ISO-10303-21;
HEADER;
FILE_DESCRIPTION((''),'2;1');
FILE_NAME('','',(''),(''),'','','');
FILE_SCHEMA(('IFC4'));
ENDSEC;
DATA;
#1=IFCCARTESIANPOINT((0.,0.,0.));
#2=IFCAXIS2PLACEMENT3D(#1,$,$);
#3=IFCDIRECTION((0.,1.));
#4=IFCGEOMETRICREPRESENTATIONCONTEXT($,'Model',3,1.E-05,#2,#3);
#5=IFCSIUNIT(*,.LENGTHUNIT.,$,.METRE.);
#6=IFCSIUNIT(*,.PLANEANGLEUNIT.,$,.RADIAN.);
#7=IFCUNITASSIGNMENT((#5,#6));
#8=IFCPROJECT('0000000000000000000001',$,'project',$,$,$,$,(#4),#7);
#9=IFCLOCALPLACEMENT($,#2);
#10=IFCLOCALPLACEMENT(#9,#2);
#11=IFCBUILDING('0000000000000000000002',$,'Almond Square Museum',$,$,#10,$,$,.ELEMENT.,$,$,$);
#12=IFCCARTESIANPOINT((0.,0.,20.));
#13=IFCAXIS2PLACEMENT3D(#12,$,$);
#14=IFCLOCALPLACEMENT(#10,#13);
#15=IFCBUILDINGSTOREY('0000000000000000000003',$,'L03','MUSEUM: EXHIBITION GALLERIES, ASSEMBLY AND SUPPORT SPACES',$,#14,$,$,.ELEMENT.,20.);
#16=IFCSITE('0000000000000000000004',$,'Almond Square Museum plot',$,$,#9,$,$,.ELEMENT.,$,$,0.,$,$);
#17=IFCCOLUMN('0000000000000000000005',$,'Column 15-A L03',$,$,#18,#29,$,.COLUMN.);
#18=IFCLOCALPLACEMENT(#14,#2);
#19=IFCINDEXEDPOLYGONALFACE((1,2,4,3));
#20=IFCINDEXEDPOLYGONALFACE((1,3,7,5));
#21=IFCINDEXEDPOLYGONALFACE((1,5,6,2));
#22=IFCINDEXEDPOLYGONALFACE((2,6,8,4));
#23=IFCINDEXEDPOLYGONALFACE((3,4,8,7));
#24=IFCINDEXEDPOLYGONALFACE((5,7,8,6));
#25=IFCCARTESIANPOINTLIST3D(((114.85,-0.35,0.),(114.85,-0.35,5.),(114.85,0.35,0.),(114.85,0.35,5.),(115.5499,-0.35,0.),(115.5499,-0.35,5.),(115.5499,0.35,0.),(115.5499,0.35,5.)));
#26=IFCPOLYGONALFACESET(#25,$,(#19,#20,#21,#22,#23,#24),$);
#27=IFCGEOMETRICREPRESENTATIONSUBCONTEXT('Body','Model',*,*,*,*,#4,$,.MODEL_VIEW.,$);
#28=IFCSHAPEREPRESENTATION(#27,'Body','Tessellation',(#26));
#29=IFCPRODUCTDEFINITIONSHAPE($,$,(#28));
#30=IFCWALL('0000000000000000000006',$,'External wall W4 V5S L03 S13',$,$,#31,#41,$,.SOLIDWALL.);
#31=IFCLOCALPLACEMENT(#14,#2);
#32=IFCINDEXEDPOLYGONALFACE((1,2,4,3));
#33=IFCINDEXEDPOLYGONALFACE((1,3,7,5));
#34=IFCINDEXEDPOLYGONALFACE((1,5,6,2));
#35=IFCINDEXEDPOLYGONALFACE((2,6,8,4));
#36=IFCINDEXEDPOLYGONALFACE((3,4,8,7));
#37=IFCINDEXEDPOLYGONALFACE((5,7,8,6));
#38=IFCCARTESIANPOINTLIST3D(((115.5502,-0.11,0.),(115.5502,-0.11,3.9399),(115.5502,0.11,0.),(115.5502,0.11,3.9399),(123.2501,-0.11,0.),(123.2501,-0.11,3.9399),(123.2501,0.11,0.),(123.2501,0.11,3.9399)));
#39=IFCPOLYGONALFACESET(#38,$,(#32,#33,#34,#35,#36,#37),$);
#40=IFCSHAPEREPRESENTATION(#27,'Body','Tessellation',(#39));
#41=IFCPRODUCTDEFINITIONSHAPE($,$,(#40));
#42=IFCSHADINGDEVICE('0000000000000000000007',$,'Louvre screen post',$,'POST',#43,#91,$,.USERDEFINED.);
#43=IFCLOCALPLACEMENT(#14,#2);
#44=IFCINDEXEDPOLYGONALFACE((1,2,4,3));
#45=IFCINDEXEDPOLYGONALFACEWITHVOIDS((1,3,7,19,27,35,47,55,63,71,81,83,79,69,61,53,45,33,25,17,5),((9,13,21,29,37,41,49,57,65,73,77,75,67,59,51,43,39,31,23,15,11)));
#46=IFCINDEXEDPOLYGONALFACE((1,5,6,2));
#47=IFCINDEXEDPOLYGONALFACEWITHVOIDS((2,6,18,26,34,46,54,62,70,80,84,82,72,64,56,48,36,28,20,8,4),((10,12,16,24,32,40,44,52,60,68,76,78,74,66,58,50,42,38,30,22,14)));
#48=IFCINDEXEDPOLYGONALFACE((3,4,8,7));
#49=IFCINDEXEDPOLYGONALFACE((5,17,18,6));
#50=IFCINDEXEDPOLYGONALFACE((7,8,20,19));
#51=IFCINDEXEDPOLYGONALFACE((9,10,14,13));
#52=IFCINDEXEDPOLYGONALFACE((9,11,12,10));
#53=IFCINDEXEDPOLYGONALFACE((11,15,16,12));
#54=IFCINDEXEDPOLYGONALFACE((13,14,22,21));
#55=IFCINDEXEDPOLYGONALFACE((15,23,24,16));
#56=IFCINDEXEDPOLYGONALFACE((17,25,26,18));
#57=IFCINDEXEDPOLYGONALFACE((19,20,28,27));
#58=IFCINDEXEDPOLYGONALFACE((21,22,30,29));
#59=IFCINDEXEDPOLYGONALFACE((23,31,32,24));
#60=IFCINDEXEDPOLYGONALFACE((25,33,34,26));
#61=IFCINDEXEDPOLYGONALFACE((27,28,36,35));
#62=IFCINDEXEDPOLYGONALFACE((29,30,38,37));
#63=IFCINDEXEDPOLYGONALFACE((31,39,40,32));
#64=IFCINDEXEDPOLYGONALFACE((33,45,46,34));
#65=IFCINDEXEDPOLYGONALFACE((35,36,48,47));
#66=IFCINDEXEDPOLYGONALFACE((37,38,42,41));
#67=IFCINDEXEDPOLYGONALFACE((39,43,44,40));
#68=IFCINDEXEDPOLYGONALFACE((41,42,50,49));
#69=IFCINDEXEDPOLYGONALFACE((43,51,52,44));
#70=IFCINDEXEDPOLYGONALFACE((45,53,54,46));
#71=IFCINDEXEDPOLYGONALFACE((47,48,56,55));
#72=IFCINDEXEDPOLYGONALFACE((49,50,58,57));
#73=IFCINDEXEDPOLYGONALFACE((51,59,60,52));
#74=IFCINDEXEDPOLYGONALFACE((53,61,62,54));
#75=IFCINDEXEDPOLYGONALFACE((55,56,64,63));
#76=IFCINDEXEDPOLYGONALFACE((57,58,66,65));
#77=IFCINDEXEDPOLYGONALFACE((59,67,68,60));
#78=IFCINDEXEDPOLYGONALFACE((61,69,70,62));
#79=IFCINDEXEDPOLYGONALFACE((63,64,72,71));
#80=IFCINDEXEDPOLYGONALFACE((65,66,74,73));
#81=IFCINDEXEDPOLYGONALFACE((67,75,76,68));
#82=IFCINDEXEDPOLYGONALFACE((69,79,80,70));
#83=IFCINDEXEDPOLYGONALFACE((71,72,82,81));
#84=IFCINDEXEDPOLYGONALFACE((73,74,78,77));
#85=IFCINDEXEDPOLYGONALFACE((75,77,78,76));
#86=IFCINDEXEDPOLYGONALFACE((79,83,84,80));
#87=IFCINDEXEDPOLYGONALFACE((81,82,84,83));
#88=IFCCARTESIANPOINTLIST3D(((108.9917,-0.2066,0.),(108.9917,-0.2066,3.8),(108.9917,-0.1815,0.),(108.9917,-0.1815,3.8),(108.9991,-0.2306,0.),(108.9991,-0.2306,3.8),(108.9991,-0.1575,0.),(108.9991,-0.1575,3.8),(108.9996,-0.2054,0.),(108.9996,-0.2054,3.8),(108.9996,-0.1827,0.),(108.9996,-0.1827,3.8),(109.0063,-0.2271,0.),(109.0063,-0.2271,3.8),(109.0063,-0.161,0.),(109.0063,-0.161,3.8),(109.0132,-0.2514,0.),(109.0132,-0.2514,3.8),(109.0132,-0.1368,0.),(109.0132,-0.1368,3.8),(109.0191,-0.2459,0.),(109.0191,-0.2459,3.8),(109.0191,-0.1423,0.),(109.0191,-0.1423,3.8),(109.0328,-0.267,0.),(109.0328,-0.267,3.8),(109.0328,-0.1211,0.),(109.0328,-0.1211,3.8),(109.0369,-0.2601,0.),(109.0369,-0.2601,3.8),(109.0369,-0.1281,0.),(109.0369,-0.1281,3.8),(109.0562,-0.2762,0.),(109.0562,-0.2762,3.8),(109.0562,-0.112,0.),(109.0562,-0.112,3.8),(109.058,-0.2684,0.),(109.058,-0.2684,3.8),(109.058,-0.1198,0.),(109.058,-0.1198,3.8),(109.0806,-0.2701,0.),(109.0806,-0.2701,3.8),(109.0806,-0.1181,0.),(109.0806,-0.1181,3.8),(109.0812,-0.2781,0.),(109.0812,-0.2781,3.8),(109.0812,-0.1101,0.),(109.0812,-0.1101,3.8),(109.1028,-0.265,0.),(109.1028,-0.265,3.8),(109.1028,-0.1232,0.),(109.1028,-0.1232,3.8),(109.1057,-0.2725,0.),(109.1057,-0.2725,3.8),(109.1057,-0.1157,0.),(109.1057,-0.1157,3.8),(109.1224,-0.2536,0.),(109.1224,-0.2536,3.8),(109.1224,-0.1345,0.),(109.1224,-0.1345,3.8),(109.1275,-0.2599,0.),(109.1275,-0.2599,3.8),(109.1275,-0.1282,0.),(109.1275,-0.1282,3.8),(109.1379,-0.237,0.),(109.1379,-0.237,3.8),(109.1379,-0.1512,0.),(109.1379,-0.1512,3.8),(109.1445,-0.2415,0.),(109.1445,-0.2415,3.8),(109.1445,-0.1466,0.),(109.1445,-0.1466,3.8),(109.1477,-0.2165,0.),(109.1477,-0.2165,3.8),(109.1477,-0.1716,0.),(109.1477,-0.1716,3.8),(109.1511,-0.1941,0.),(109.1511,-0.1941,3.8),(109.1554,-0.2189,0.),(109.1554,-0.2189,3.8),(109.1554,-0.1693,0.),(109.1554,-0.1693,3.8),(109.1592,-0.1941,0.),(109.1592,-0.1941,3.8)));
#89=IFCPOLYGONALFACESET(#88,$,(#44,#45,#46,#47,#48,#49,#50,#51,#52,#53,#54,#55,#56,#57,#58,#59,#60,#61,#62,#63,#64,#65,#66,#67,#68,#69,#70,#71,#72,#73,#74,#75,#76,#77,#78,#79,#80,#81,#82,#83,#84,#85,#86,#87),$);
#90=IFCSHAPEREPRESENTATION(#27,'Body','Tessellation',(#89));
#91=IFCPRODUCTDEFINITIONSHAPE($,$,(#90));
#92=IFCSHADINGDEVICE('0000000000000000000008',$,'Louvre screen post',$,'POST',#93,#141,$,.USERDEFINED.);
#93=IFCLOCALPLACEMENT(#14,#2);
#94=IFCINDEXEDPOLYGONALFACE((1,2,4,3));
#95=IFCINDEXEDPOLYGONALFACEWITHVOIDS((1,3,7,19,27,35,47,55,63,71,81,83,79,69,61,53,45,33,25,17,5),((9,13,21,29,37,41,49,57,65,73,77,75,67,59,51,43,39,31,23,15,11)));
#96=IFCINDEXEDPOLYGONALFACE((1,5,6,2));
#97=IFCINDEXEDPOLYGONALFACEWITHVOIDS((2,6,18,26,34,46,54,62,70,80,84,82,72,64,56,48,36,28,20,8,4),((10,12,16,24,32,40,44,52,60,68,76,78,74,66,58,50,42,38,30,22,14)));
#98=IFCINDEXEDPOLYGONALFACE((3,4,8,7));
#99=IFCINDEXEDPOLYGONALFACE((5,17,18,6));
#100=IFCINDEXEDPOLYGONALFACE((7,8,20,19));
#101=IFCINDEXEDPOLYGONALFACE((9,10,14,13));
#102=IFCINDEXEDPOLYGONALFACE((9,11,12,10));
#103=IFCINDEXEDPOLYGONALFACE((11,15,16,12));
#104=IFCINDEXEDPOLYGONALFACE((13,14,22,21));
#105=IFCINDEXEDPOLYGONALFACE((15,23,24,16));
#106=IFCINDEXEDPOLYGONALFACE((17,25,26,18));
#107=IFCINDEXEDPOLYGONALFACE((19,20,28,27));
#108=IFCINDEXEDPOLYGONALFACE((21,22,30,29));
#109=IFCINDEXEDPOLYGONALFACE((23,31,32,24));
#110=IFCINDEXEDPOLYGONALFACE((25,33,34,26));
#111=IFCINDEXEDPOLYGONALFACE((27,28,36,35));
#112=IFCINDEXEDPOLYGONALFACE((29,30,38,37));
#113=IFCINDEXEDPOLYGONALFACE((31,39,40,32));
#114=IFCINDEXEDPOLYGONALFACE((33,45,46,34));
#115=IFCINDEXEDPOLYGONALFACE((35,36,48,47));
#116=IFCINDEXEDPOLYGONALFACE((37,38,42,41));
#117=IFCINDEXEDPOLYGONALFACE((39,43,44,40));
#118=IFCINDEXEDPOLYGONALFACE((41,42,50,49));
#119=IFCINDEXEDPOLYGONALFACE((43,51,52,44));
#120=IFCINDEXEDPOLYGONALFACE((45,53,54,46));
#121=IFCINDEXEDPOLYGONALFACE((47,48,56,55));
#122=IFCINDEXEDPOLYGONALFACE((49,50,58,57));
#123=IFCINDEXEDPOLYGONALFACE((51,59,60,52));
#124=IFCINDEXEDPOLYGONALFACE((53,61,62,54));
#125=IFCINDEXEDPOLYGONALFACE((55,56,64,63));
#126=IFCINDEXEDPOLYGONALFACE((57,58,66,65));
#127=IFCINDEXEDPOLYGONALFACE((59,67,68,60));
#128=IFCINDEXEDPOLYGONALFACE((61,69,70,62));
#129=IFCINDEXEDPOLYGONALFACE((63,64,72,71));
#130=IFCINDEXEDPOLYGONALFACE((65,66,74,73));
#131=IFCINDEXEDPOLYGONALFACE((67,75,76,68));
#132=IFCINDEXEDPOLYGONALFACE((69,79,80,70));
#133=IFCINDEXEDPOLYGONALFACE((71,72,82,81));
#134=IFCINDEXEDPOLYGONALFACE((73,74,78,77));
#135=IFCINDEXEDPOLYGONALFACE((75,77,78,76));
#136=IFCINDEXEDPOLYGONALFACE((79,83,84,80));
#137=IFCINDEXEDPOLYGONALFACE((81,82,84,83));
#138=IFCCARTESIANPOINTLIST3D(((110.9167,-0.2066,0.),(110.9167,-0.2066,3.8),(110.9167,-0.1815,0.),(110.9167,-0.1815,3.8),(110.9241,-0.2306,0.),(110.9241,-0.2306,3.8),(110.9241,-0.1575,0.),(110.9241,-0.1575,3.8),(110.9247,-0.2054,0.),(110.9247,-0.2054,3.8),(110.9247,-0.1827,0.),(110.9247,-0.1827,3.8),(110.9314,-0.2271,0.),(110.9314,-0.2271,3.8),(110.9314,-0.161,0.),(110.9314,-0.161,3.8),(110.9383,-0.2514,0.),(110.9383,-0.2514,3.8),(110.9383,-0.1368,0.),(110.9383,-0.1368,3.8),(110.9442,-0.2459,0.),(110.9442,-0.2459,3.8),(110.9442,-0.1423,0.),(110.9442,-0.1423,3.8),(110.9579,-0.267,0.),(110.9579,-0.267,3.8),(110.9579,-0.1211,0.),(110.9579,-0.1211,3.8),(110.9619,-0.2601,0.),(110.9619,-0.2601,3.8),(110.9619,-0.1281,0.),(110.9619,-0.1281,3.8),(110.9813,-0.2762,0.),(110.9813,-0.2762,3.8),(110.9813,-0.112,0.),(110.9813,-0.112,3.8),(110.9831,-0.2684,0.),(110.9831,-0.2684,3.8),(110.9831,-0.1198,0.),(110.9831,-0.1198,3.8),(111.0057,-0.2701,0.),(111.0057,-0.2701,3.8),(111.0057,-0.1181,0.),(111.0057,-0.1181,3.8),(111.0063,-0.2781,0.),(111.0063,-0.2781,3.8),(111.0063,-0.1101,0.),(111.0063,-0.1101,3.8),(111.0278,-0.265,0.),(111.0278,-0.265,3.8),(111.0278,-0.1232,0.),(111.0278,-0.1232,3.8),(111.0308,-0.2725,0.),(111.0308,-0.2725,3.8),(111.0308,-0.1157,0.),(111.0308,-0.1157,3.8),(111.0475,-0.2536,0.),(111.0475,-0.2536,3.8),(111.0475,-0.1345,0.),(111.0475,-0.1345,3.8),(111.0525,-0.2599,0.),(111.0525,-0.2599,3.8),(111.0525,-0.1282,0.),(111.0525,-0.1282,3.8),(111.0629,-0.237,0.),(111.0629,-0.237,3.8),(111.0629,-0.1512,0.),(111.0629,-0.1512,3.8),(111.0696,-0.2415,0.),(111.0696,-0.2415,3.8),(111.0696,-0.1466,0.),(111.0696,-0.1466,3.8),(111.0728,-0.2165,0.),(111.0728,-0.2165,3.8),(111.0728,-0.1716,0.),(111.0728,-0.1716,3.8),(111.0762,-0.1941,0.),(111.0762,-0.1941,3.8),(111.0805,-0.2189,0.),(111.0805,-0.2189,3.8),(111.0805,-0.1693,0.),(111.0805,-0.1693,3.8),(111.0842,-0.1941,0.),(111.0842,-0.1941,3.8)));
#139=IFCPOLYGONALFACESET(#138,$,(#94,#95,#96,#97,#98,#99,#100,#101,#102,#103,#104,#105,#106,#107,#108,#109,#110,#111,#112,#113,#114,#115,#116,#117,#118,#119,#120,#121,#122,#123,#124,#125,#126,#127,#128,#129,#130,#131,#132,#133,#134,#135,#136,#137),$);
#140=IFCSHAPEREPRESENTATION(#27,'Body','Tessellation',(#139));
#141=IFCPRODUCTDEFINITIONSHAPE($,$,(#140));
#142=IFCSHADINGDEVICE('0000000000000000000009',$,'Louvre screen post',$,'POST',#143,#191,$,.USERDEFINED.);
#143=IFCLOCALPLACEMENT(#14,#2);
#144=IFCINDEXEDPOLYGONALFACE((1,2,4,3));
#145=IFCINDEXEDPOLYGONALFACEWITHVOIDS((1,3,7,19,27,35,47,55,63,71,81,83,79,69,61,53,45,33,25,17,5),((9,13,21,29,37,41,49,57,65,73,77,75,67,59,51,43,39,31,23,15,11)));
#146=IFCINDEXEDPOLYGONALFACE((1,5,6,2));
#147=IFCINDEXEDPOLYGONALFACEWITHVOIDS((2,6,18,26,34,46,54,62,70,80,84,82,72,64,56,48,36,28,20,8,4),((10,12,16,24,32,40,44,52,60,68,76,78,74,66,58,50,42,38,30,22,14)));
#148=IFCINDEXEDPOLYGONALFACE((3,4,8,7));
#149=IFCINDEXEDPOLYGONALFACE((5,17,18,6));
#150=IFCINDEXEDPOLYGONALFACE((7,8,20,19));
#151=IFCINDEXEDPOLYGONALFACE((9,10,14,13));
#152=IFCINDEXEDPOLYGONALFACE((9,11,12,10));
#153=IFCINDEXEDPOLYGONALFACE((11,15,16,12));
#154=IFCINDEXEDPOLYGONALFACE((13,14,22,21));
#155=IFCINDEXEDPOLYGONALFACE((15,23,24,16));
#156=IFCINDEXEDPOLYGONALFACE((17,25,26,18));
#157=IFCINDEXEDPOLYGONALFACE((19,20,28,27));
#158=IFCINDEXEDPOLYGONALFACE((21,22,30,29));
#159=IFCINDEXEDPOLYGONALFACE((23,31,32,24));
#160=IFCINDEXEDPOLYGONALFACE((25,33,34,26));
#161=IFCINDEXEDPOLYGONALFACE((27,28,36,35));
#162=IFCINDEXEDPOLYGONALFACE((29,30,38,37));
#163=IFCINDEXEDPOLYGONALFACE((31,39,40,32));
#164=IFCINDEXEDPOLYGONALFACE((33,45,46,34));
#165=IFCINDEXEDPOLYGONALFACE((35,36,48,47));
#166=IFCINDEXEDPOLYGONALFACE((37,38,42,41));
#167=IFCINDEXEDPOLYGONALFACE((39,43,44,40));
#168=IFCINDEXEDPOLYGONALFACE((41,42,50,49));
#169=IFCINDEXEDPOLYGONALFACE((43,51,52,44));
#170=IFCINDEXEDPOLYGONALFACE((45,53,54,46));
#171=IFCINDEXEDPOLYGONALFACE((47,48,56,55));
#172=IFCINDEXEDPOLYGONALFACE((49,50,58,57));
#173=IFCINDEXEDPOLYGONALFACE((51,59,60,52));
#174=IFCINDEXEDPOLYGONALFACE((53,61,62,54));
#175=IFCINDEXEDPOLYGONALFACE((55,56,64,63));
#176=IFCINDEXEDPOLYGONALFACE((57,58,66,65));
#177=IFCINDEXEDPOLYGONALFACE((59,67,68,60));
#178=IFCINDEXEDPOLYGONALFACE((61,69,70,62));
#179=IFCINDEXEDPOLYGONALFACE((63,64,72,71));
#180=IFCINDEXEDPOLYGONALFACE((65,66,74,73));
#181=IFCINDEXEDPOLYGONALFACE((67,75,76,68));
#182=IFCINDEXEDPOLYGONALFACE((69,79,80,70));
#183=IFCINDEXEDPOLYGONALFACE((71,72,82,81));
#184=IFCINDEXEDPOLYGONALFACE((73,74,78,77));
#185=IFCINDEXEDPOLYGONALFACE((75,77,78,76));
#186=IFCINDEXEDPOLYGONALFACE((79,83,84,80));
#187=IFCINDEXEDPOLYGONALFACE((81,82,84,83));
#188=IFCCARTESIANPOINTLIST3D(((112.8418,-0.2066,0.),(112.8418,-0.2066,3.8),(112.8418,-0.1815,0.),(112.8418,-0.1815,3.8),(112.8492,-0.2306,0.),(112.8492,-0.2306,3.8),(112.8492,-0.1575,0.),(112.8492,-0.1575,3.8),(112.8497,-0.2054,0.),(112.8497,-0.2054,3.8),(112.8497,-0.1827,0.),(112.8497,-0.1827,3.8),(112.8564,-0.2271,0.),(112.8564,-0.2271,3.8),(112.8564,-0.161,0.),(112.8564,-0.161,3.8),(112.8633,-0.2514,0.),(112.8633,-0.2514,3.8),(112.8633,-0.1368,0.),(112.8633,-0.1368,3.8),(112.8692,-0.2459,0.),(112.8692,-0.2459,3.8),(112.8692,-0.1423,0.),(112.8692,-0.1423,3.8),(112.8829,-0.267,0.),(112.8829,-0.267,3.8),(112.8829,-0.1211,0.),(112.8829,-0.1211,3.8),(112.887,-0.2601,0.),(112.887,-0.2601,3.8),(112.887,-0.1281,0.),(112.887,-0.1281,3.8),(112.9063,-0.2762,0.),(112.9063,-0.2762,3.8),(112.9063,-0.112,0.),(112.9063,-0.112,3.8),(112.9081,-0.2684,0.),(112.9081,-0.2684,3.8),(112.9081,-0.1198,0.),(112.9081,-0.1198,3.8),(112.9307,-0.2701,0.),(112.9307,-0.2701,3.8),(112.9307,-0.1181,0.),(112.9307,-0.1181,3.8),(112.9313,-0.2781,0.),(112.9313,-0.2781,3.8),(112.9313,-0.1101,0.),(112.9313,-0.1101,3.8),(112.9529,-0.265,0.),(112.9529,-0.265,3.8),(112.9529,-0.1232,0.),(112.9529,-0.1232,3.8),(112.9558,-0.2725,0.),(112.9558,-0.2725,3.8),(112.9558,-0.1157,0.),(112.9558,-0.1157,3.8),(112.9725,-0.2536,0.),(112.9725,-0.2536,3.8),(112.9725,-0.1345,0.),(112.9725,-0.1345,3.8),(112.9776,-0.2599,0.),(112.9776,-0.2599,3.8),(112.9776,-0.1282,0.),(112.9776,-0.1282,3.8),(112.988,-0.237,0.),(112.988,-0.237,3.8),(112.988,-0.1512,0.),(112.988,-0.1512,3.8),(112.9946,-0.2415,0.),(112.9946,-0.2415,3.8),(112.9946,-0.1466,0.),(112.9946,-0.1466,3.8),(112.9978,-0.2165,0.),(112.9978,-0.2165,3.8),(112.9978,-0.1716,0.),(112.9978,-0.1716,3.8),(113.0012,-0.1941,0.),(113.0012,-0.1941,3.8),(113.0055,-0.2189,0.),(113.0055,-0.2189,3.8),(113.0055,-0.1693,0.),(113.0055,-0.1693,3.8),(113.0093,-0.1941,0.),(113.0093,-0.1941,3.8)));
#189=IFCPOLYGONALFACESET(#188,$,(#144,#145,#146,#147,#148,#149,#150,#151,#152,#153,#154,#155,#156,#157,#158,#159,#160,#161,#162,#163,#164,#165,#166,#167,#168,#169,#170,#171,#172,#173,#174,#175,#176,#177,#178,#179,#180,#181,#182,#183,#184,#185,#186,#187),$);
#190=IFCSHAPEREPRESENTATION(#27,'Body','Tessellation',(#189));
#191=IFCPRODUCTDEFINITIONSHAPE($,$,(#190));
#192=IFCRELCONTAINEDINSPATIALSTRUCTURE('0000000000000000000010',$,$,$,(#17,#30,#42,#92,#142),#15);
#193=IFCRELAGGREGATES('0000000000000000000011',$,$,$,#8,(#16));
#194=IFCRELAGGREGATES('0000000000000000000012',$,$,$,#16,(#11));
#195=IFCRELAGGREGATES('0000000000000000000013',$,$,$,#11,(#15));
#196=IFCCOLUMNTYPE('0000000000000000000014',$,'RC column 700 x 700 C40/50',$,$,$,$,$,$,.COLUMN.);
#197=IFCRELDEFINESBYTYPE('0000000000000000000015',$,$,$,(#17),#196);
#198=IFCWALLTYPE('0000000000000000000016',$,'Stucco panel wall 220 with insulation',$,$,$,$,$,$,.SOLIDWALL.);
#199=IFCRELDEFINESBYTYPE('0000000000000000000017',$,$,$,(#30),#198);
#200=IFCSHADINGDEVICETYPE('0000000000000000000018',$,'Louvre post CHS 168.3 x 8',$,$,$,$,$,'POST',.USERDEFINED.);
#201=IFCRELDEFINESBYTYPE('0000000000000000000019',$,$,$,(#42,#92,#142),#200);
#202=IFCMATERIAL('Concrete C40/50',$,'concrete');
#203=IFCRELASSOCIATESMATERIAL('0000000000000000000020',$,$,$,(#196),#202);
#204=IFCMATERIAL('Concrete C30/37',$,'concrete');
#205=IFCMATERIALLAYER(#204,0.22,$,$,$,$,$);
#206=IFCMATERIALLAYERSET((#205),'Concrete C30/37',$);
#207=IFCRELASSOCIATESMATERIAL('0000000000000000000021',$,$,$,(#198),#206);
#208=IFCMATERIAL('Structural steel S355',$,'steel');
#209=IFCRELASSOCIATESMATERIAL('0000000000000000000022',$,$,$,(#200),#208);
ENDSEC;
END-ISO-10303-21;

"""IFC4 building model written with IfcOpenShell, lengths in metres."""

from ifc_helpers import new_model, si_unit, direction, frame, frame_2d, origin, origin_2d, place, context, subcontext, project, spatial, rectangle, hollow_circle, extrude, material, layer, layer_set, material_profile, profile_set, type_object, element, save


model = new_model("IFC4")

# Units and contexts
model_context = context("Model", 3, precision=1e-05, world=origin(), true_north=direction((0.0, 1.0)))
body_context = subcontext(model_context, "Body", "Model", "MODEL_VIEW")
ifc_project = project(units=[si_unit("LENGTHUNIT", "METRE"), si_unit("PLANEANGLEUNIT", "RADIAN")], contexts=[model_context])

# Site, building, storey
site_placement = place(None, origin())
site = spatial("IfcSite", under=ifc_project, at=site_placement, Name="Almond Square Museum plot", CompositionType="ELEMENT", RefElevation=0.0)
building_placement = place(site_placement, origin())
building = spatial("IfcBuilding", under=site, at=building_placement, Name="Almond Square Museum", CompositionType="ELEMENT")
storey_placement = place(building_placement, frame((0.0, 0.0, 20.0)))
storey = spatial("IfcBuildingStorey", under=building, at=storey_placement, Name="L03", Description="MUSEUM: EXHIBITION GALLERIES, ASSEMBLY AND SUPPORT SPACES", CompositionType="ELEMENT", Elevation=20.0)

# Column
ifc_material_1 = material(Name="Concrete C40/50", Category="concrete")
ifc_material_profile_1 = material_profile(ifc_material_1, rectangle(XDim=0.7, YDim=0.7, at=origin_2d()))
ifc_profile_set_1 = profile_set([ifc_material_profile_1], Name="Concrete C40/50")
column_type = type_object("IfcColumnType", Name="RC column 700 x 700 C40/50", PredefinedType="COLUMN", material=ifc_profile_set_1)
column_placement = place(storey_placement, frame((115.2, 0.0, 0.0), z_axis=(0.0, 0.0, 1.0), x_axis=(1.0, 0.0, 0.0)))
element("IfcColumn", 1, at=column_placement, inside=storey, type_object=column_type, Name="Column 15-A L03", PredefinedType="COLUMN", context=body_context, shape_type="SweptSolid", body=[
    extrude(rectangle(XDim=0.7, YDim=0.7, at=origin_2d()), origin(), (0.0, 0.0, 1.0), 5.0),
])

# Wall
ifc_material_2 = material(Name="Concrete C30/37", Category="concrete")
ifc_layer = layer(ifc_material_2, 0.22)
ifc_layer_set = layer_set([ifc_layer], Name="Concrete C30/37")
wall_type = type_object("IfcWallType", Name="Stucco panel wall 220 with insulation", PredefinedType="SOLIDWALL", material=ifc_layer_set)
wall_placement = place(storey_placement, frame((115.55, 0.0, 0.0), z_axis=(0.0, 0.0, 1.0), x_axis=(1.0, 0.0, 0.0)))
element("IfcWall", 2, at=wall_placement, inside=storey, type_object=wall_type, Name="External wall W4 V5S L03 S13", PredefinedType="SOLIDWALL", context=body_context, shape_type="SweptSolid", body=[
    extrude(rectangle(XDim=7.7, YDim=0.22, at=frame_2d((3.8501, 0.0))), origin(), (0.0, 0.0, 1.0), 3.9399),
])

# Shading devices
ifc_material_3 = material(Name="Structural steel S355", Category="steel")
ifc_material_profile_2 = material_profile(ifc_material_3, hollow_circle(Radius=0.0842, WallThickness=0.0081, at=origin_2d()))
ifc_profile_set_2 = profile_set([ifc_material_profile_2], Name="Structural steel S355")
shading_device_type = type_object("IfcShadingDeviceType", Name="Louvre post CHS 168.3 x 8", ElementType="POST", PredefinedType="USERDEFINED", material=ifc_profile_set_2)
for number, where, z_axis, x_axis, name in (
    (3, (109.075, -0.1941, 0.0), (0.0, 0.0, 1.0), (1.0, 0.0, 0.0), "Louvre screen post"),
    (4, (111.0, -0.1941, 0.0), (0.0, 0.0, 1.0), (1.0, 0.0, 0.0), "Louvre screen post"),
    (5, (112.925, -0.1941, 0.0), (0.0, 0.0, 1.0), (1.0, 0.0, 0.0), "Louvre screen post"),
):
    element("IfcShadingDevice", number, at=place(storey_placement, frame(where, z_axis=z_axis, x_axis=x_axis)), inside=storey, type_object=shading_device_type, Name=name, ObjectType="POST", PredefinedType="USERDEFINED", context=body_context, shape_type="SweptSolid", body=[
        extrude(hollow_circle(Radius=0.0842, WallThickness=0.0081, at=origin_2d()), origin(), (0.0, 0.0, 1.0), 3.8),
    ])

save(model, "model.ifc")
